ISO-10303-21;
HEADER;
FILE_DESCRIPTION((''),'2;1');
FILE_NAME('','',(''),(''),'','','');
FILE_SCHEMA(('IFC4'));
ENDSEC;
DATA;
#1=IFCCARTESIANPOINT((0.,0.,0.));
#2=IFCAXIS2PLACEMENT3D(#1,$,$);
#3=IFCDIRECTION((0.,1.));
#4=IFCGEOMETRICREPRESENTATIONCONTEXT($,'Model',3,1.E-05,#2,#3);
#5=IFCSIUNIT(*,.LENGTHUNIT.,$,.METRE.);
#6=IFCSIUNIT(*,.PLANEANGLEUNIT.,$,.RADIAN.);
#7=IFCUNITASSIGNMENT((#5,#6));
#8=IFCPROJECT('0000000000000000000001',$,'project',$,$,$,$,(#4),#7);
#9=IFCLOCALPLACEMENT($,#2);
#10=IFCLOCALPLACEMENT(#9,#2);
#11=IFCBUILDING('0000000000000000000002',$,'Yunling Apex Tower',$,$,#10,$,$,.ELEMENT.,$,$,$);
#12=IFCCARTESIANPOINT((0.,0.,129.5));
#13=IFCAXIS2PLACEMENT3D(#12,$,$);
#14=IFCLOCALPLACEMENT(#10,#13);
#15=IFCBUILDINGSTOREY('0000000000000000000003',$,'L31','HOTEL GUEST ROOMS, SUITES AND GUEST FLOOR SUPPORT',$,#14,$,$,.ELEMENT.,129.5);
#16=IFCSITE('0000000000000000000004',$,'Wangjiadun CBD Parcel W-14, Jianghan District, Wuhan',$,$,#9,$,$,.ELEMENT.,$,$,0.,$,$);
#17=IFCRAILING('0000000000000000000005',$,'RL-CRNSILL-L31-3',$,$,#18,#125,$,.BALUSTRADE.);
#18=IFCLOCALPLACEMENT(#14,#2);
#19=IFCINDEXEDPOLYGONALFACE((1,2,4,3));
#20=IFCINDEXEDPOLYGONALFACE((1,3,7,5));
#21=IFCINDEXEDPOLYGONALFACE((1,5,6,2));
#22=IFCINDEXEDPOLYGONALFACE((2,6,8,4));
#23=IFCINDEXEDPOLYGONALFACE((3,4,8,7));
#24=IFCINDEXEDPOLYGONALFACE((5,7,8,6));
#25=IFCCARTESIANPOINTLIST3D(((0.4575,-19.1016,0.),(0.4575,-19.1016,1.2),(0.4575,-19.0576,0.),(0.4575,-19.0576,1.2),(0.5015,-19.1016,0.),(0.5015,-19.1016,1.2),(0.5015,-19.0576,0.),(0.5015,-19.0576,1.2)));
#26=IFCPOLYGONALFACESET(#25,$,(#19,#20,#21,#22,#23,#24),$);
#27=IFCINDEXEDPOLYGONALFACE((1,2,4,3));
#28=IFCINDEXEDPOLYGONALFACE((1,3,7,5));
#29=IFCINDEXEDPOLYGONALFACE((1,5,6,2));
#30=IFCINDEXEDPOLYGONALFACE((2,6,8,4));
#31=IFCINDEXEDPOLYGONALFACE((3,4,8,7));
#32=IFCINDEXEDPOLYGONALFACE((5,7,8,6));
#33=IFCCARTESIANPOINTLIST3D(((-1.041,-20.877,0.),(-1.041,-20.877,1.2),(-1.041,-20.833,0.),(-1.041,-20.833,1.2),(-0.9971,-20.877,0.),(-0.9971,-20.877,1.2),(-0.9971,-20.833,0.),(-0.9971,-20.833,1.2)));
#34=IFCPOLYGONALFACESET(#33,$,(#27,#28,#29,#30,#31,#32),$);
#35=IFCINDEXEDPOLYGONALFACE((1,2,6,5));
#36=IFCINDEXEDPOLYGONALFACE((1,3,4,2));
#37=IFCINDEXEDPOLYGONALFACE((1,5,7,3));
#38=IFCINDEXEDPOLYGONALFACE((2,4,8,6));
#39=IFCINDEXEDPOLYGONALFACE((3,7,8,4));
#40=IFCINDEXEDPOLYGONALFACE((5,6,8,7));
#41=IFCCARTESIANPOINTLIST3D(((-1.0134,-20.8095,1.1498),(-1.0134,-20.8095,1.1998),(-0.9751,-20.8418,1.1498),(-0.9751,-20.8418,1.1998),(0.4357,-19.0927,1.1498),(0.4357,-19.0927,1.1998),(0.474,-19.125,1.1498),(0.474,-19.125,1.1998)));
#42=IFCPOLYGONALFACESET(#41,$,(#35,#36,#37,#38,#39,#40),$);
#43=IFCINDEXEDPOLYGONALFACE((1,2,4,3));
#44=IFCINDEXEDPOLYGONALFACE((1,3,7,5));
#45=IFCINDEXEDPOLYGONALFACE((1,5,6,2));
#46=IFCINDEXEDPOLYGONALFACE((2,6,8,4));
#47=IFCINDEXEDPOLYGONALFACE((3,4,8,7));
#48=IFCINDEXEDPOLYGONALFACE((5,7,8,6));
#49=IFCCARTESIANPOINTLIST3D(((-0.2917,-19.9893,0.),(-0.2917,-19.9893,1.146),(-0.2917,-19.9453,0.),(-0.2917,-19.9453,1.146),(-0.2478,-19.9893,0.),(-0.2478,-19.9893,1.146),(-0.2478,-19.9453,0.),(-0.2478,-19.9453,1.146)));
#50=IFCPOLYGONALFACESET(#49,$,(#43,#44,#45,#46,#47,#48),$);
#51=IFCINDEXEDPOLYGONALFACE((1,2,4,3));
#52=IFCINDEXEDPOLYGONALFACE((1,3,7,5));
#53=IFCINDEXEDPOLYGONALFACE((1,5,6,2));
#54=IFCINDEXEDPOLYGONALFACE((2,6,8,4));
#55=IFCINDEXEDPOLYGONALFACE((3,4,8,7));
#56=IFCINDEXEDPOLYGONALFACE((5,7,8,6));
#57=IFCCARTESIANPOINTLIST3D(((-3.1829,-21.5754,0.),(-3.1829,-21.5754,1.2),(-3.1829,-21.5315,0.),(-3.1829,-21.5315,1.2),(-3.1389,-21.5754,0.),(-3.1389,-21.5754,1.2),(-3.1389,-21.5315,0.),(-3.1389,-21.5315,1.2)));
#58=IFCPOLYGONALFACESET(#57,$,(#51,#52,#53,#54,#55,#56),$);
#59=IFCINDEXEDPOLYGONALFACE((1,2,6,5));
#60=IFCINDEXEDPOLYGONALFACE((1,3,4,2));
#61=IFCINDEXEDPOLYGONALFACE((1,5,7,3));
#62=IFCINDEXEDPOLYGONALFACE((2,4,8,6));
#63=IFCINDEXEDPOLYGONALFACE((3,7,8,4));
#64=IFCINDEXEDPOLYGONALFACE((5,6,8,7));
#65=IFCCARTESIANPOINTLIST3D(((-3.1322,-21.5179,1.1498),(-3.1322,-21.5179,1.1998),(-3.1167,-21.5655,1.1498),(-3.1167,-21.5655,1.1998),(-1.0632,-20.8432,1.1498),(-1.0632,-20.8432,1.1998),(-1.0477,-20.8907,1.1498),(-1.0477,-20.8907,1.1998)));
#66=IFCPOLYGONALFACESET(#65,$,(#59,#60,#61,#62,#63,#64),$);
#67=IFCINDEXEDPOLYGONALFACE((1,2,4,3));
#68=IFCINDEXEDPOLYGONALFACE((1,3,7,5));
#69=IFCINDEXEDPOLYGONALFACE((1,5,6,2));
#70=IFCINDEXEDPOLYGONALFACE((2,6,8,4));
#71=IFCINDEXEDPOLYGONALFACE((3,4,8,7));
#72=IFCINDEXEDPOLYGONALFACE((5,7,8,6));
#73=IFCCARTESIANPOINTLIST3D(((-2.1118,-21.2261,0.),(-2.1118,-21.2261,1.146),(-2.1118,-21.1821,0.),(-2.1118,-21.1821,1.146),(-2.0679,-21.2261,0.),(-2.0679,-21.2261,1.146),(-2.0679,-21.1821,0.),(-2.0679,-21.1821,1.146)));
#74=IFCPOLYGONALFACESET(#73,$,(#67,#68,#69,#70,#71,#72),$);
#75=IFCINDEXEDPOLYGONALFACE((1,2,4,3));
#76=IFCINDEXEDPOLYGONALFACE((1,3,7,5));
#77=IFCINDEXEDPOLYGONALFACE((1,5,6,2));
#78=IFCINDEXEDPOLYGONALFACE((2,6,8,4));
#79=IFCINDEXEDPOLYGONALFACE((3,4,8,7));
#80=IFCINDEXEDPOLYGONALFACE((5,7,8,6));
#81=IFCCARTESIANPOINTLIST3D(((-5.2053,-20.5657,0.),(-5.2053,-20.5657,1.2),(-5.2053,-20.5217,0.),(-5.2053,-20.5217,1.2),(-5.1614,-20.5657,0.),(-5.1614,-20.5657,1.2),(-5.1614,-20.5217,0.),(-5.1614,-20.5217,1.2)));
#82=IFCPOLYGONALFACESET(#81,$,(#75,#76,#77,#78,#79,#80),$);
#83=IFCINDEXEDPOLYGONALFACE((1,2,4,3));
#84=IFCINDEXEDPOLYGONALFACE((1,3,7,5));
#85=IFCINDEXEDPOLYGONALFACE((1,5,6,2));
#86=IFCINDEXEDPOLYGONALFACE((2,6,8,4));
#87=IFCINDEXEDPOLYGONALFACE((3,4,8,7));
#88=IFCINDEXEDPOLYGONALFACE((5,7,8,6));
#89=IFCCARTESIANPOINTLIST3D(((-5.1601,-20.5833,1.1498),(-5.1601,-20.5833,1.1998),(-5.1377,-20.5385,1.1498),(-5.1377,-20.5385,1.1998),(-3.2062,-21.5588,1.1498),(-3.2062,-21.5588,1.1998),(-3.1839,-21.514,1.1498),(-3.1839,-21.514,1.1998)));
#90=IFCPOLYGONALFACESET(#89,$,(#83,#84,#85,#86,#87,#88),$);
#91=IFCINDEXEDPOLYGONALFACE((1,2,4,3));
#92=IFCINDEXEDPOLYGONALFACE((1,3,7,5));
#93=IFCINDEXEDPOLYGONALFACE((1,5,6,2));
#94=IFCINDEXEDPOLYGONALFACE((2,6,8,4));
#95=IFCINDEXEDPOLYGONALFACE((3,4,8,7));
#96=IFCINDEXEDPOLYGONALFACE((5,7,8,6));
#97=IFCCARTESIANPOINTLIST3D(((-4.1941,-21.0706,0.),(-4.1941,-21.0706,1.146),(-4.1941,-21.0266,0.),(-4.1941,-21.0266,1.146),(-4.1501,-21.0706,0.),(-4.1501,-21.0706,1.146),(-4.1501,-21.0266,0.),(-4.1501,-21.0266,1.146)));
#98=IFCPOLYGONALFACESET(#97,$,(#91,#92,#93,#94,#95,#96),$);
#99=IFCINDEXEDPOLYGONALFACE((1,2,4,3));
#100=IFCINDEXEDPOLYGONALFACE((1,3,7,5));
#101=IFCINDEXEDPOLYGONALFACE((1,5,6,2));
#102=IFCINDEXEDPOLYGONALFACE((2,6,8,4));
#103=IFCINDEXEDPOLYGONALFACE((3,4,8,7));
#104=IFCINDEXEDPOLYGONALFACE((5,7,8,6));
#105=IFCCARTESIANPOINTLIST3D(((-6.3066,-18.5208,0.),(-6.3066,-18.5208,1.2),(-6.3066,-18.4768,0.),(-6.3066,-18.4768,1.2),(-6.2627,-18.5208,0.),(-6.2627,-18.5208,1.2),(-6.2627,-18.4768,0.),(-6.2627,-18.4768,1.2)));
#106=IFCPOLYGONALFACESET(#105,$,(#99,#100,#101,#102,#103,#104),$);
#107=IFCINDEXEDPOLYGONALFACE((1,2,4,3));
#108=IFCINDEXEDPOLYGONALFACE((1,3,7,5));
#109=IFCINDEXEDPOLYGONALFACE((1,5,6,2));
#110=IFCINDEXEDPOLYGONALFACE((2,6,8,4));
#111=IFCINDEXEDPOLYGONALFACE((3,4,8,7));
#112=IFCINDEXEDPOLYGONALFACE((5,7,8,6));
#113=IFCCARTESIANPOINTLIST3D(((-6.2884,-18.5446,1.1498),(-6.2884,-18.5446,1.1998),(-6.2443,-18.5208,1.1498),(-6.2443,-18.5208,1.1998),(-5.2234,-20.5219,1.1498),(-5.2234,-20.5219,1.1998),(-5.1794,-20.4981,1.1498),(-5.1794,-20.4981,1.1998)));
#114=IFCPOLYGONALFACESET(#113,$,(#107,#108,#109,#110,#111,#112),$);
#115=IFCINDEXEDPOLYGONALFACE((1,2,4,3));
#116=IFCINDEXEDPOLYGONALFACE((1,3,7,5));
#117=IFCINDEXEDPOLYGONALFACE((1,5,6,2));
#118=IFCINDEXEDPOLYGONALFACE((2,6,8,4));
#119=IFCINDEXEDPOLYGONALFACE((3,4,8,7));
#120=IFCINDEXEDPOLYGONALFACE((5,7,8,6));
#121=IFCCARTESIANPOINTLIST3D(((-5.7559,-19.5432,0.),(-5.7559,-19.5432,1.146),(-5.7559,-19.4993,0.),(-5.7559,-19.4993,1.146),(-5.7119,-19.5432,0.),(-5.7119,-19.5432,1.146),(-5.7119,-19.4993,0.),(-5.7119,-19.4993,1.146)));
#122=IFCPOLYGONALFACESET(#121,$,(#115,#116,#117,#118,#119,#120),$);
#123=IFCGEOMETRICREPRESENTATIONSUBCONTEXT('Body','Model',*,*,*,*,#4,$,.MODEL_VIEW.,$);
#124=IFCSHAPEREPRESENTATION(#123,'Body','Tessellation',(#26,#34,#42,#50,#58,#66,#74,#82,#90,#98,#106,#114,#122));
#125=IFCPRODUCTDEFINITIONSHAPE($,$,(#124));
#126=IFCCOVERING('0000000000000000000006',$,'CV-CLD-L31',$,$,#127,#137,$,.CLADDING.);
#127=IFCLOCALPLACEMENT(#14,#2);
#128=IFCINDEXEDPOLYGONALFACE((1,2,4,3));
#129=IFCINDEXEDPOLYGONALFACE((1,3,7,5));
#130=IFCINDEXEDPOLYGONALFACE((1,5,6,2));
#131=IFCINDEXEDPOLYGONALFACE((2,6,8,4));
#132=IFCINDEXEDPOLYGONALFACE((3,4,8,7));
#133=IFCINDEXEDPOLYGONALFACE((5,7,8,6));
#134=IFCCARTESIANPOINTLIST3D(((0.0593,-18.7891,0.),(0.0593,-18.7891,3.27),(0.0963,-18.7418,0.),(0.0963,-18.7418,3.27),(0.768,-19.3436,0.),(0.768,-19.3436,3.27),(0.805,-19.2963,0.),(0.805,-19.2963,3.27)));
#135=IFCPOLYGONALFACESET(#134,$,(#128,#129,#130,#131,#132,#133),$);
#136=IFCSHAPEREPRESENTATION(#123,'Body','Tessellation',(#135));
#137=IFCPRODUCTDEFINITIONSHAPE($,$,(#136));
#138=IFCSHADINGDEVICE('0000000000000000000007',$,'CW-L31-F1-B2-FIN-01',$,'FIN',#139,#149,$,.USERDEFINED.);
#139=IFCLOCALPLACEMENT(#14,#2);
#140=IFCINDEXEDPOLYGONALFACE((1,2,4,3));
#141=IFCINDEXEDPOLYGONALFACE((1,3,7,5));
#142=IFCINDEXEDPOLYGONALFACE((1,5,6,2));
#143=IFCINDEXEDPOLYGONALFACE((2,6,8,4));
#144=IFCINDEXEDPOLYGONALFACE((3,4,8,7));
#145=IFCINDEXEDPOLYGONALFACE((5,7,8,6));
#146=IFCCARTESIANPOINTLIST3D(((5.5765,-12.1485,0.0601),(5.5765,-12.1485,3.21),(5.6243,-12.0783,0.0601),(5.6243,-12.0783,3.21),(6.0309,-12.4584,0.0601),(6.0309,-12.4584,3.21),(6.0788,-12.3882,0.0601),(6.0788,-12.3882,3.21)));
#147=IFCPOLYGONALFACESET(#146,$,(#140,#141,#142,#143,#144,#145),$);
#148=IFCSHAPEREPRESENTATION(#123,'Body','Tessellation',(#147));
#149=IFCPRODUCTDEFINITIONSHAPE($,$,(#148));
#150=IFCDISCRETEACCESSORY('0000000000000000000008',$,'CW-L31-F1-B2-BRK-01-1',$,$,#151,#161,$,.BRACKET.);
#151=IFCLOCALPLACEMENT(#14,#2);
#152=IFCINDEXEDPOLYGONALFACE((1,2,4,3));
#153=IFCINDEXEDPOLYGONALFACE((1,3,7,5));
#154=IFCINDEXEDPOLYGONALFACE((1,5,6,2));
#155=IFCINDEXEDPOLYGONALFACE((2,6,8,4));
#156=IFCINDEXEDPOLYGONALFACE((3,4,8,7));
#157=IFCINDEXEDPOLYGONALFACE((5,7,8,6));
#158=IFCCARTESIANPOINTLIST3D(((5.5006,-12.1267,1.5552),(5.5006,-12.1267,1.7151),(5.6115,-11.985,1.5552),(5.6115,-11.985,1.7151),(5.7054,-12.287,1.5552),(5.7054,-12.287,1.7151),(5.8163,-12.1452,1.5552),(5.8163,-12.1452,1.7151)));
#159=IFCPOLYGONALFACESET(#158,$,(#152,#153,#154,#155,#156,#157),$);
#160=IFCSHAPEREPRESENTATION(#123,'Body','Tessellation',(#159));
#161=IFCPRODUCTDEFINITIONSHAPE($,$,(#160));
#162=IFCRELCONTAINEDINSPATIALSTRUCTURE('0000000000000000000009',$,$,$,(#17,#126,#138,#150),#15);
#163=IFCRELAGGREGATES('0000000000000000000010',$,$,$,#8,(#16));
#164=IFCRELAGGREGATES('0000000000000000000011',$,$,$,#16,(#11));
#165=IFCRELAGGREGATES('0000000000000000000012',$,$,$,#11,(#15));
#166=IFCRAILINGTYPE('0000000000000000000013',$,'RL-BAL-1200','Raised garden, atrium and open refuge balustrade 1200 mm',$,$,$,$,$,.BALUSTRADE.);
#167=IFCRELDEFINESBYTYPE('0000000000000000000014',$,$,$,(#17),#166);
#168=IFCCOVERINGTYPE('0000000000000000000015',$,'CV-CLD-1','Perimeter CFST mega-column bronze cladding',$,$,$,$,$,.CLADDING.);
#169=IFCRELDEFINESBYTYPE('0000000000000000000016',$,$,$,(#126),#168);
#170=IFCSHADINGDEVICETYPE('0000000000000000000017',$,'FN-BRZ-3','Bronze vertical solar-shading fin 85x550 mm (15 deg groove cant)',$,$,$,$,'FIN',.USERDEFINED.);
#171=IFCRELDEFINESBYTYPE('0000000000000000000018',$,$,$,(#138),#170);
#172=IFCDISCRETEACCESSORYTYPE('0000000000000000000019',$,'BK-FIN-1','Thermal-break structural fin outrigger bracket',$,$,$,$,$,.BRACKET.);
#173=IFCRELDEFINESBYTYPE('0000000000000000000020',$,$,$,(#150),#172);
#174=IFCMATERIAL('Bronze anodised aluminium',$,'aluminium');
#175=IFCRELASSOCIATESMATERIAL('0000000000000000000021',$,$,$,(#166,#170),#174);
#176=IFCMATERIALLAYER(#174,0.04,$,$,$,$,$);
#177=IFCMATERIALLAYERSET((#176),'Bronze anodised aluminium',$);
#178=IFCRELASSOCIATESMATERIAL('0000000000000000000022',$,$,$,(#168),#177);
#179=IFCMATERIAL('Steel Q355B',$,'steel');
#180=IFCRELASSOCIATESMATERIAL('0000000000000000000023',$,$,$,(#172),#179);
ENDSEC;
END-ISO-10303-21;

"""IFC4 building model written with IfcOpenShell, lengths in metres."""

from ifc_helpers import new_model, si_unit, direction, frame, origin, origin_2d, place, context, subcontext, project, spatial, rectangle, extrude, source, transform, mapped, material, layer, layer_set, material_profile, profile_set, type_object, element, save


model = new_model("IFC4")

# Units and contexts
model_context = context("Model", 3, precision=1e-05, world=origin(), true_north=direction((0.0, 1.0)))
body_context = subcontext(model_context, "Body", "Model", "MODEL_VIEW")
ifc_project = project(units=[si_unit("LENGTHUNIT", "METRE"), si_unit("PLANEANGLEUNIT", "RADIAN")], contexts=[model_context])

# Site, building, storey
site_placement = place(None, origin())
site = spatial("IfcSite", under=ifc_project, at=site_placement, Name="Wangjiadun CBD Parcel W-14, Jianghan District, Wuhan", CompositionType="ELEMENT", RefElevation=0.0)
building_placement = place(site_placement, origin())
building = spatial("IfcBuilding", under=site, at=building_placement, Name="Yunling Apex Tower", CompositionType="ELEMENT")
storey_placement = place(building_placement, frame((0.0, 0.0, 129.5)))
storey = spatial("IfcBuildingStorey", under=building, at=storey_placement, Name="L31", Description="HOTEL GUEST ROOMS, SUITES AND GUEST FLOOR SUPPORT", CompositionType="ELEMENT", Elevation=129.5)

# Shared definitions
ifc_material_1 = material(Name="Steel Q355B", Category="steel")

# Shared definitions
ifc_material_2 = material(Name="Bronze anodised aluminium", Category="aluminium")

# Railing
railing_type = type_object("IfcRailingType", Name="RL-BAL-1200", Description="Raised garden, atrium and open refuge balustrade 1200 mm", PredefinedType="BALUSTRADE", material=ifc_material_2)
railing_placement = place(storey_placement, frame((0.4795, -19.0796, 0.0)))
element("IfcRailing", 1, at=railing_placement, inside=storey, type_object=railing_type, Name="RL-CRNSILL-L31-3", PredefinedType="BALUSTRADE", context=body_context, shape_type="SweptSolid", body=[
    extrude(rectangle(XDim=0.0439, YDim=0.0439, at=origin_2d()), origin(), (0.0, 0.0, 1.0), 1.2),
    extrude(rectangle(XDim=0.0439, YDim=0.0439, at=origin_2d()), frame((-1.4985, -1.7754, 0.0)), (0.0, 0.0, 1.0), 1.2),
    extrude(rectangle(XDim=0.05, YDim=0.05, at=origin_2d()), frame((-0.0247, -0.0293, 1.1748), z_axis=(-0.645009, -0.764175, 0.0), x_axis=(0.764175, -0.645009, 0.0)), (0.0, 0.0, 1.0), 2.2466),
    extrude(rectangle(XDim=0.0439, YDim=0.0439, at=origin_2d()), frame((-0.7493, -0.8877, 0.0)), (0.0, 0.0, 1.0), 1.146),
    extrude(rectangle(XDim=0.0439, YDim=0.0439, at=origin_2d()), frame((-3.6404, -2.4739, 0.0)), (0.0, 0.0, 1.0), 1.2),
    extrude(rectangle(XDim=0.05, YDim=0.05, at=origin_2d()), frame((-1.5349, -1.7874, 1.1748), z_axis=(-0.950722, -0.310044, 0.0), x_axis=(0.310044, -0.950722, 0.0)), (0.0, 0.0, 1.0), 2.1763),
    extrude(rectangle(XDim=0.0439, YDim=0.0439, at=origin_2d()), frame((-2.5693, -2.1245, 0.0)), (0.0, 0.0, 1.0), 1.146),
    extrude(rectangle(XDim=0.0439, YDim=0.0439, at=origin_2d()), frame((-5.6628, -1.4641, 0.0)), (0.0, 0.0, 1.0), 1.2),
    extrude(rectangle(XDim=0.05, YDim=0.05, at=origin_2d()), frame((-3.6746, -2.4568, 1.1748), z_axis=(-0.894686, 0.446695, 0.0), x_axis=(-0.446695, -0.894686, 0.0)), (0.0, 0.0, 1.0), 2.1838),
    extrude(rectangle(XDim=0.0439, YDim=0.0439, at=origin_2d()), frame((-4.6516, -1.969, 0.0)), (0.0, 0.0, 1.0), 1.146),
    extrude(rectangle(XDim=0.0439, YDim=0.0439, at=origin_2d()), frame((-6.7642, 0.5808, 0.0)), (0.0, 0.0, 1.0), 1.2),
    extrude(rectangle(XDim=0.05, YDim=0.05, at=origin_2d()), frame((-5.6809, -1.4304, 1.1748), z_axis=(-0.474169, 0.880434, 0.0), x_axis=(-0.880434, -0.474169, 0.0)), (0.0, 0.0, 1.0), 2.2458),
    extrude(rectangle(XDim=0.0439, YDim=0.0439, at=origin_2d()), frame((-6.2134, -0.4417, 0.0)), (0.0, 0.0, 1.0), 1.146),
])

# Covering
ifc_layer_1 = layer(ifc_material_2, 0.04)
ifc_layer_set_1 = layer_set([ifc_layer_1], Name="Bronze anodised aluminium")
covering_type = type_object("IfcCoveringType", Name="CV-CLD-1", Description="Perimeter CFST mega-column bronze cladding", PredefinedType="CLADDING", material=ifc_layer_set_1)
shared_shape_1 = source(origin(), body_context, "Body", "SweptSolid", [
    extrude(rectangle(XDim=0.0601, YDim=0.8999, at=origin_2d()), origin(), (0.0, 0.0, 1.0), 3.27),
])
covering_placement = place(storey_placement, frame((0.4321, -19.0427, 0.0), z_axis=(0.0, 0.0, 1.0), x_axis=(0.616211, 0.787581, 0.0)))
element("IfcCovering", 2, at=covering_placement, inside=storey, type_object=covering_type, Name="CV-CLD-L31", PredefinedType="CLADDING", context=body_context, shape_type="MappedRepresentation", body=[
    mapped(shared_shape_1, transform((0.0, 0.0, 0.0), scale=1.0)),
])

# Shading device
ifc_material_profile_1 = material_profile(ifc_material_2, rectangle(XDim=0.085, YDim=0.55, at=origin_2d()))
ifc_profile_set_1 = profile_set([ifc_material_profile_1], Name="Bronze anodised aluminium")
shading_device_type = type_object("IfcShadingDeviceType", Name="FN-BRZ-3", Description="Bronze vertical solar-shading fin 85x550 mm (15 deg groove cant)", ElementType="FIN", PredefinedType="USERDEFINED", material=ifc_profile_set_1)
shared_shape_2 = source(origin(), body_context, "Body", "SweptSolid", [
    extrude(rectangle(XDim=0.085, YDim=0.55, at=origin_2d()), origin(), (0.0, 0.0, 1.0), 3.1499),
])
shading_device_placement = place(storey_placement, frame((5.8276, -12.2683, 0.0601), z_axis=(0.0, 0.0, 1.0), x_axis=(0.563382, 0.826197, 0.0)))
element("IfcShadingDevice", 3, at=shading_device_placement, inside=storey, type_object=shading_device_type, Name="CW-L31-F1-B2-FIN-01", ObjectType="FIN", PredefinedType="USERDEFINED", context=body_context, shape_type="MappedRepresentation", body=[
    mapped(shared_shape_2, transform((0.0, 0.0, 0.0), scale=1.0)),
])

# Discrete accessory
discrete_accessory_type = type_object("IfcDiscreteAccessoryType", Name="BK-FIN-1", Description="Thermal-break structural fin outrigger bracket", PredefinedType="BRACKET", material=ifc_material_1)
shared_shape_3 = source(origin(), body_context, "Body", "SweptSolid", [
    extrude(rectangle(XDim=0.1799, YDim=0.26, at=origin_2d()), origin(), (0.0, 0.0, 1.0), 0.1599),
])
discrete_accessory_placement = place(storey_placement, frame((5.6584, -12.136, 1.5552), z_axis=(0.0, 0.0, 1.0), x_axis=(0.616211, 0.787581, 0.0)))
element("IfcDiscreteAccessory", 4, at=discrete_accessory_placement, inside=storey, type_object=discrete_accessory_type, Name="CW-L31-F1-B2-BRK-01-1", PredefinedType="BRACKET", context=body_context, shape_type="MappedRepresentation", body=[
    mapped(shared_shape_3, transform((0.0, 0.0, 0.0), scale=1.0)),
])

save(model, "model.ifc")
